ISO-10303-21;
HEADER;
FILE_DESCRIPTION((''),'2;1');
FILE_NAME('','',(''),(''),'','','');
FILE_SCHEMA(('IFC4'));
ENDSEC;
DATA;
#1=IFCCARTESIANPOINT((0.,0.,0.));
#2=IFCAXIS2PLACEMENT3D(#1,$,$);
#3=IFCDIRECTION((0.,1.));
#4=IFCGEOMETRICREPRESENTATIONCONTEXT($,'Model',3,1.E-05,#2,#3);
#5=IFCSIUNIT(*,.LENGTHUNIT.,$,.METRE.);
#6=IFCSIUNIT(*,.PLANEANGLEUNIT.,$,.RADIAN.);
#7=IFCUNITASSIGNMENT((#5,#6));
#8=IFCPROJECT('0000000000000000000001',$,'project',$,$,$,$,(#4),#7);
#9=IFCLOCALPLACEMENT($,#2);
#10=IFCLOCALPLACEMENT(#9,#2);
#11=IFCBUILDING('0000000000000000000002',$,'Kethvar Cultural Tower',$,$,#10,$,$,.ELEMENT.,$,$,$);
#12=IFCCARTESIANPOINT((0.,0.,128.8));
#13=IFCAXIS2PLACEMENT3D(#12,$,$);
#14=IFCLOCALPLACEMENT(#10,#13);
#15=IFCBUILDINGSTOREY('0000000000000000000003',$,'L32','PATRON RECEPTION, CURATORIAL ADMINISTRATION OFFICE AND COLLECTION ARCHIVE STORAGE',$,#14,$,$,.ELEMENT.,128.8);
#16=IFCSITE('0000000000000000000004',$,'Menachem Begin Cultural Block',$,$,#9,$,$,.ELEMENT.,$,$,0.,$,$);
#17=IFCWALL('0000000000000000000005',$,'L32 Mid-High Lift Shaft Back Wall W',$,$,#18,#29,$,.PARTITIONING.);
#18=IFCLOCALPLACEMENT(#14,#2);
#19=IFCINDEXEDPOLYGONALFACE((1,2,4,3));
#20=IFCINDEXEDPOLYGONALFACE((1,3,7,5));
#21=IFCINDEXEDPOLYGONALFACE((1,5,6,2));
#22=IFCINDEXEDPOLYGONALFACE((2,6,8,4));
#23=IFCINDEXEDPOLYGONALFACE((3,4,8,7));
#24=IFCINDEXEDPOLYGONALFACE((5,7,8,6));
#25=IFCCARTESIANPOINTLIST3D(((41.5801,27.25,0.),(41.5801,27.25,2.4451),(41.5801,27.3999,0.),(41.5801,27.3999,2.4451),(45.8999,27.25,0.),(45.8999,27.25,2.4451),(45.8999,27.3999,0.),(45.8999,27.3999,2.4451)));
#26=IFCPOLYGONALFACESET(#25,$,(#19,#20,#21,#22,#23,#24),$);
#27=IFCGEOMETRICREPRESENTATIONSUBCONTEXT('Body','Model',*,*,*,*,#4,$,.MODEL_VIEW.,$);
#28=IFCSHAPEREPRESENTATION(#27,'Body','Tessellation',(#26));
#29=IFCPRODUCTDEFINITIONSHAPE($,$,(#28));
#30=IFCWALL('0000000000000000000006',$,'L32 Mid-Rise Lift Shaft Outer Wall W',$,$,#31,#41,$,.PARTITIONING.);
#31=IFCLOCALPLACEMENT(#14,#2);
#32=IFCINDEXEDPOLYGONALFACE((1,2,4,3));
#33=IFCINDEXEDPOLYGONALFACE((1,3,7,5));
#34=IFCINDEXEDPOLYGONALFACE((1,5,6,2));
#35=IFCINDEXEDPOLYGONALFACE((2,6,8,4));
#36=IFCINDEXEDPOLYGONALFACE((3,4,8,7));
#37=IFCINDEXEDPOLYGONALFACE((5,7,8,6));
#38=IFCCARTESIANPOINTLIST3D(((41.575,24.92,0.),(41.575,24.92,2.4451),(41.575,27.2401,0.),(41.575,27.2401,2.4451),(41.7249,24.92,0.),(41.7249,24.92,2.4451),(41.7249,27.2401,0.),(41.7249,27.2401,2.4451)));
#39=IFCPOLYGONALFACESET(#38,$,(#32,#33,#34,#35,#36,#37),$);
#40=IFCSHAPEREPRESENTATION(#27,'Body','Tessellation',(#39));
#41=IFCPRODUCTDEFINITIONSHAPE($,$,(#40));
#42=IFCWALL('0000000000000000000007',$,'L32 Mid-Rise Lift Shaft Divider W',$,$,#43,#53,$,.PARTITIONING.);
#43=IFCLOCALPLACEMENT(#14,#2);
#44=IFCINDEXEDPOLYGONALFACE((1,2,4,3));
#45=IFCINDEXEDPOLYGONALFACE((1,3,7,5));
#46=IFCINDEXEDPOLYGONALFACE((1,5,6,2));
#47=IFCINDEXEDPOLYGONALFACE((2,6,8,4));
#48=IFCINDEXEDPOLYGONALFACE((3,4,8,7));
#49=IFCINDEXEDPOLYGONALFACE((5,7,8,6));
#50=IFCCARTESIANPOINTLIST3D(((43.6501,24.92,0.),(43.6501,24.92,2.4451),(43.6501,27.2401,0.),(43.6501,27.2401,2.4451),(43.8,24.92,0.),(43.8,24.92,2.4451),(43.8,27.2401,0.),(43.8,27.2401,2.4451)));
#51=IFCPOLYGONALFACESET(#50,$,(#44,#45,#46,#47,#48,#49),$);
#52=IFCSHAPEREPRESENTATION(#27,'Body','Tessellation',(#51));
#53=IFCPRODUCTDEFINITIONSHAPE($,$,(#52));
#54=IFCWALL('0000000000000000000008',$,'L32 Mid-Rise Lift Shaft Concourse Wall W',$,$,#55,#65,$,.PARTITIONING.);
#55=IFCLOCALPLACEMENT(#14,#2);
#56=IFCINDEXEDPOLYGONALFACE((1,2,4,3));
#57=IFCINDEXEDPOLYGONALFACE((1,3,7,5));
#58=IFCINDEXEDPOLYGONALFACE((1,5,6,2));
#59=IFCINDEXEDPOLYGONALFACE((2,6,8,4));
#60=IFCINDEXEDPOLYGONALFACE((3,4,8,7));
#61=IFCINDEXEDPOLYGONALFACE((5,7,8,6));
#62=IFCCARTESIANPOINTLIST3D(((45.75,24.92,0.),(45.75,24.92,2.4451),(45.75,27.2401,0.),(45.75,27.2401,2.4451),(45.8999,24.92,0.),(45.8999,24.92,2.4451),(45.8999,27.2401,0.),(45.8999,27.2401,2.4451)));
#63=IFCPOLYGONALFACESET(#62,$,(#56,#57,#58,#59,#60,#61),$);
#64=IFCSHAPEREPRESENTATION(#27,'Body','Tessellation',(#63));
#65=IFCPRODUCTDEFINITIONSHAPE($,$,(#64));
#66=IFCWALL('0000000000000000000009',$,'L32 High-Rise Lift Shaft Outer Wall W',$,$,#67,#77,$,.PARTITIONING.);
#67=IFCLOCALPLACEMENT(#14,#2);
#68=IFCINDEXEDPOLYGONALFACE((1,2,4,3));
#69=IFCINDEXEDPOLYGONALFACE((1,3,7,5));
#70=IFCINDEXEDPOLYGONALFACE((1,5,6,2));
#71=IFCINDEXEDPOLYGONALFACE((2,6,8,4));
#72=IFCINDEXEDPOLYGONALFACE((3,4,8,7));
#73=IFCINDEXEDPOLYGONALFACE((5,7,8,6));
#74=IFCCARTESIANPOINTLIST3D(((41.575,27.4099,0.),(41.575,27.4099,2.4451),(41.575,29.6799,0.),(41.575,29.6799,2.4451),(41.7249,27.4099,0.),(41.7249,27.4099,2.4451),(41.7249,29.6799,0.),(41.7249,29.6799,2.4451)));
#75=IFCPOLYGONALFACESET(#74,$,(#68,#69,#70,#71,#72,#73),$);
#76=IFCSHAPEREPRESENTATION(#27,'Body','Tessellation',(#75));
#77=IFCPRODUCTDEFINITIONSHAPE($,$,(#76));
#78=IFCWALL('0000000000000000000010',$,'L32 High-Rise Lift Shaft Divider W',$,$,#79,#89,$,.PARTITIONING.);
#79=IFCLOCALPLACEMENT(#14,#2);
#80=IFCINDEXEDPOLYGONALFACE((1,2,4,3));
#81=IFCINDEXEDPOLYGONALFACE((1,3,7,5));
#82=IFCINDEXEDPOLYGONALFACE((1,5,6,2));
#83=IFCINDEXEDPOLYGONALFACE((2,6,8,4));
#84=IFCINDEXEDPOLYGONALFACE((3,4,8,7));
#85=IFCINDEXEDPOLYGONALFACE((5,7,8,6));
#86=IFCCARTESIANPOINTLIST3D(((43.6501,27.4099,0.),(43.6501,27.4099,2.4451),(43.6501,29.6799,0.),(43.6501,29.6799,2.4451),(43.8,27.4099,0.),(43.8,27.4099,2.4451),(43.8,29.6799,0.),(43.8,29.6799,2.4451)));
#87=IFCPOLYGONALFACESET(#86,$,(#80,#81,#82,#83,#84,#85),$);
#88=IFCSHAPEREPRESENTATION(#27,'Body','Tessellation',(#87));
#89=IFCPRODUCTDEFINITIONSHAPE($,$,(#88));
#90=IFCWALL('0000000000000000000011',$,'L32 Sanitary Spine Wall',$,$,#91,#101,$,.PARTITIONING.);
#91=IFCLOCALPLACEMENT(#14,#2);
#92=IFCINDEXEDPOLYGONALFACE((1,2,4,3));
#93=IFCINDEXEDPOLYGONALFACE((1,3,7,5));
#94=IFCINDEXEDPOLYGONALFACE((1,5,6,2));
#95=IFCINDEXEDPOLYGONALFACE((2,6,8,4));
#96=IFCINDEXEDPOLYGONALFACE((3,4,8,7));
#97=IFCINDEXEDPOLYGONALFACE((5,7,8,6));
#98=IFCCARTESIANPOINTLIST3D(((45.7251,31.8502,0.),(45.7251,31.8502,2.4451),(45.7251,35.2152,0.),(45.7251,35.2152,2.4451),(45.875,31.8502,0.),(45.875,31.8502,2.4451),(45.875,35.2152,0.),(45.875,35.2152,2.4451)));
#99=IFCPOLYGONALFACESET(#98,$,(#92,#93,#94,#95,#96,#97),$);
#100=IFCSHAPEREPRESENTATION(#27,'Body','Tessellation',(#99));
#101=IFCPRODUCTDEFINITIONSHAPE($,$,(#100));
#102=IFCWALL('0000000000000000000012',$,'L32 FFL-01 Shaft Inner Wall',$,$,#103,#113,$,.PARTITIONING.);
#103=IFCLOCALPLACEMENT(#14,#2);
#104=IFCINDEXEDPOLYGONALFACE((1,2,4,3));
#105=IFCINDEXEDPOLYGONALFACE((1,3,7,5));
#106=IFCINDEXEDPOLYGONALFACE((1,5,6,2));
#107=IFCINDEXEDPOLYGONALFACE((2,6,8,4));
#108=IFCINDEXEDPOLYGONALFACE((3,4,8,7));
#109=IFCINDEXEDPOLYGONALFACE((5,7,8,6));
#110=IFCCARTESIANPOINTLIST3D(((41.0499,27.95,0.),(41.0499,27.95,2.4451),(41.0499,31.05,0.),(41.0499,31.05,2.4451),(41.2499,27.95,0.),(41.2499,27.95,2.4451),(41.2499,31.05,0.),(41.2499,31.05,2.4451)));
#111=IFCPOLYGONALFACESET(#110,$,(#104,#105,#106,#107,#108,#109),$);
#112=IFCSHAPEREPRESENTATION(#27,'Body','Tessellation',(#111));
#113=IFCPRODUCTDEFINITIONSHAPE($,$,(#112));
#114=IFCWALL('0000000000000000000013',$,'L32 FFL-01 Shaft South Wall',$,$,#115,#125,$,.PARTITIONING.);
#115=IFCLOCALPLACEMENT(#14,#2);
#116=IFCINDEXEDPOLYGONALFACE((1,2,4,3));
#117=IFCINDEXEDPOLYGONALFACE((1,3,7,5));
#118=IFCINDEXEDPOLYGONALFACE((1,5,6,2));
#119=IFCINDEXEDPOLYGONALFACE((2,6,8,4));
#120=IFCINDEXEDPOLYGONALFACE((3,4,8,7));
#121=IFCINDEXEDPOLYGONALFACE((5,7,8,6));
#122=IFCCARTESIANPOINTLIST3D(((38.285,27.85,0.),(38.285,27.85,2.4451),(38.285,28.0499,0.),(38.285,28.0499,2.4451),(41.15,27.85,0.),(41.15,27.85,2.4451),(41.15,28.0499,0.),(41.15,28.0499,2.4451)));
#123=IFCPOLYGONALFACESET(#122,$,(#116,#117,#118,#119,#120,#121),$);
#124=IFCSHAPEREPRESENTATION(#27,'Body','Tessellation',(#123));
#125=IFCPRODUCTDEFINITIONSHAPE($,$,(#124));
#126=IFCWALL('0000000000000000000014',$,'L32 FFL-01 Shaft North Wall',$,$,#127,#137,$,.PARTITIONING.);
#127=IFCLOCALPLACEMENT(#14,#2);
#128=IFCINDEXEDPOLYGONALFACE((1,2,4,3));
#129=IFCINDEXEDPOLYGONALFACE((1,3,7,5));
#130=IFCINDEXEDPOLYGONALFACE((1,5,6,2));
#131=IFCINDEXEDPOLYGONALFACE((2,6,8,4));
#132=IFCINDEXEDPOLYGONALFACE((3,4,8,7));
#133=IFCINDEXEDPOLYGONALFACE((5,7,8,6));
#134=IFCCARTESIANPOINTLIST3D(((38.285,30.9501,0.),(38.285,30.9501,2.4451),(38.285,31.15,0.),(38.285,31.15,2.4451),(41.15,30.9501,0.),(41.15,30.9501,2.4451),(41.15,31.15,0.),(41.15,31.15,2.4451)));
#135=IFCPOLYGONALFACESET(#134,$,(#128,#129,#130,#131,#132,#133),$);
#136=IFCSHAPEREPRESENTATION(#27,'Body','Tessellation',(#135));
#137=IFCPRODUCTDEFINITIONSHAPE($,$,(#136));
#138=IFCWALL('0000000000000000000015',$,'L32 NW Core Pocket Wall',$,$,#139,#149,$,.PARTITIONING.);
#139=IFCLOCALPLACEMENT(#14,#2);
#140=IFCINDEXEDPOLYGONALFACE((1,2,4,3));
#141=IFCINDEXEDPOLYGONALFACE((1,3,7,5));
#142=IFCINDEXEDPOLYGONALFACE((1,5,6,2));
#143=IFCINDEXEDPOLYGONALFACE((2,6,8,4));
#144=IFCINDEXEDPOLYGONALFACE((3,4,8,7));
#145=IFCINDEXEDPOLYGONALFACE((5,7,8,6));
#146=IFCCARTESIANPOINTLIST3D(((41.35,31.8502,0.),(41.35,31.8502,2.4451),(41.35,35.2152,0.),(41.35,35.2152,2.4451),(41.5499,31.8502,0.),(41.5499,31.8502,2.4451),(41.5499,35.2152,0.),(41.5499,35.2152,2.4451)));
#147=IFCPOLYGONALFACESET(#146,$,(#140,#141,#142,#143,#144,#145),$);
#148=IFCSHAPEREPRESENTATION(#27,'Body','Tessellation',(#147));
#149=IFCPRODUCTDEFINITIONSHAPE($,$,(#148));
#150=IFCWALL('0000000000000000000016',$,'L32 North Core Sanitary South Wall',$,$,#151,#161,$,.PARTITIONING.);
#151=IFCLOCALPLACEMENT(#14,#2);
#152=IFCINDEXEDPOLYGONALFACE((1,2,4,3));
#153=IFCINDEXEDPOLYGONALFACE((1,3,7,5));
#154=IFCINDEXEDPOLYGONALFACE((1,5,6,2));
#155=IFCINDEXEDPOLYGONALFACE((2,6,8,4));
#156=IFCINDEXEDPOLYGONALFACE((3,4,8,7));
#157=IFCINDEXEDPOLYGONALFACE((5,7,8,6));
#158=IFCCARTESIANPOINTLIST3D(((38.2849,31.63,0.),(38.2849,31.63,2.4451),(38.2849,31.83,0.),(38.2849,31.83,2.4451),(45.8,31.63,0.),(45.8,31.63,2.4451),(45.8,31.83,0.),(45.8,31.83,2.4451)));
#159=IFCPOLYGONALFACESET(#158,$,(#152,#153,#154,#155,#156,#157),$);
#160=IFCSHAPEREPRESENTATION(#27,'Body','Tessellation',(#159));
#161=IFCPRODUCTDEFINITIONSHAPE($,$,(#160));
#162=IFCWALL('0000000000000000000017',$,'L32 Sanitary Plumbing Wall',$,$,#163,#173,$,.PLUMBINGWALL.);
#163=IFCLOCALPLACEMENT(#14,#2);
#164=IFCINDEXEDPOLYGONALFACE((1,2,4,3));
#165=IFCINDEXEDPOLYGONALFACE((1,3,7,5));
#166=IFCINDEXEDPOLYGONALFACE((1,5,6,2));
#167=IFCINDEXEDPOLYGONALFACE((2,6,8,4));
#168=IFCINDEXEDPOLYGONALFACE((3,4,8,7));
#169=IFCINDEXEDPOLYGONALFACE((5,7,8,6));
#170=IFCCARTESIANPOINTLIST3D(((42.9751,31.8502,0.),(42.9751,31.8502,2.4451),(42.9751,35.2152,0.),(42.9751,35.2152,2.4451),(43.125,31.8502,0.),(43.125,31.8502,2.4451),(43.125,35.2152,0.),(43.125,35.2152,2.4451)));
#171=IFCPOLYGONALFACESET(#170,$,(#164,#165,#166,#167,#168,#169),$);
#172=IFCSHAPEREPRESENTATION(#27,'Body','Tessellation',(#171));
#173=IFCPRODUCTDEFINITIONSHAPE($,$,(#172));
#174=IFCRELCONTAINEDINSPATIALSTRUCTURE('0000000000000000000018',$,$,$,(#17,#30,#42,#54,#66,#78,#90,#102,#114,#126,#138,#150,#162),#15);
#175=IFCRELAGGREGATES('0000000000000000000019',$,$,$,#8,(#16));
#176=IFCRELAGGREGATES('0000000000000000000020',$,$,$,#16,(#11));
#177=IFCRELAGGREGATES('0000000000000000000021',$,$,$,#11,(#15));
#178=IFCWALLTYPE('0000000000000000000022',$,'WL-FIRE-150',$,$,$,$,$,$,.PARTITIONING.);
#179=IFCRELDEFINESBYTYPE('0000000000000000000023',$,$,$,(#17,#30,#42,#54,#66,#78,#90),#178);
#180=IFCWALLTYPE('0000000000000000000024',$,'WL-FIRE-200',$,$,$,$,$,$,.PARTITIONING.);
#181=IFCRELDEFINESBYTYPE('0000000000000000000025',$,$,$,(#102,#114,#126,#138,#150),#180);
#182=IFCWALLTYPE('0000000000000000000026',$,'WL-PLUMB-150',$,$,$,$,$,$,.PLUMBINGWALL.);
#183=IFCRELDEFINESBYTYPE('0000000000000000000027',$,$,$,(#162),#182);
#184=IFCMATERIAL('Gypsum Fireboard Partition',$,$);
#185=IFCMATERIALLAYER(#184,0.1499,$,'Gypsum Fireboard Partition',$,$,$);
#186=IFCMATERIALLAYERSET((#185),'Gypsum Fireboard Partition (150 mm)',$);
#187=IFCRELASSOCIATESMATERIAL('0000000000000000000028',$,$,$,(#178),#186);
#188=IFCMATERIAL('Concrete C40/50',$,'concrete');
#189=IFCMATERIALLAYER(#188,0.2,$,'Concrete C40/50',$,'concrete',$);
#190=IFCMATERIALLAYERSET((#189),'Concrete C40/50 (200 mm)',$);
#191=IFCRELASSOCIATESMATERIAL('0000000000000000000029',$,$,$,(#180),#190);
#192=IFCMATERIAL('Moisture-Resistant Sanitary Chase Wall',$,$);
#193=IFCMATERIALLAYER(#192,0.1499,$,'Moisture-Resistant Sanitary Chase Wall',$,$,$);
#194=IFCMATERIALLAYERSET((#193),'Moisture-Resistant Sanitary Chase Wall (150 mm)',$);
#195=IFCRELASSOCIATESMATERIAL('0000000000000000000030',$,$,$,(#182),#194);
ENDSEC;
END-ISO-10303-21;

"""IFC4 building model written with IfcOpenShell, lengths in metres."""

from ifc_helpers import new_model, si_unit, direction, frame, frame_2d, origin, place, context, subcontext, project, spatial, rectangle, extrude, material, layer, layer_set, type_object, element, save


model = new_model("IFC4")

# Units and contexts
model_context = context("Model", 3, precision=1e-05, world=origin(), true_north=direction((0.0, 1.0)))
body_context = subcontext(model_context, "Body", "Model", "MODEL_VIEW")
ifc_project = project(units=[si_unit("LENGTHUNIT", "METRE"), si_unit("PLANEANGLEUNIT", "RADIAN")], contexts=[model_context])

# Site, building, storey
site_placement = place(None, origin())
site = spatial("IfcSite", under=ifc_project, at=site_placement, Name="Menachem Begin Cultural Block", CompositionType="ELEMENT", RefElevation=0.0)
building_placement = place(site_placement, origin())
building = spatial("IfcBuilding", under=site, at=building_placement, Name="Kethvar Cultural Tower", CompositionType="ELEMENT")
storey_placement = place(building_placement, frame((0.0, 0.0, 128.8)))
storey = spatial("IfcBuildingStorey", under=building, at=storey_placement, Name="L32", Description="PATRON RECEPTION, CURATORIAL ADMINISTRATION OFFICE AND COLLECTION ARCHIVE STORAGE", CompositionType="ELEMENT", Elevation=128.8)

# Walls
ifc_material_1 = material(Name="Gypsum Fireboard Partition")
ifc_layer_1 = layer(ifc_material_1, 0.1499, Name="Gypsum Fireboard Partition")
ifc_layer_set_1 = layer_set([ifc_layer_1], Name="Gypsum Fireboard Partition (150 mm)")
wall_type_1 = type_object("IfcWallType", Name="WL-FIRE-150", PredefinedType="PARTITIONING", material=ifc_layer_set_1)
wall_1_placement = place(storey_placement, frame((41.5801, 27.325, 0.0), z_axis=(0.0, 0.0, 1.0), x_axis=(1.0, 0.0, 0.0)))
element("IfcWall", 1, at=wall_1_placement, inside=storey, type_object=wall_type_1, Name="L32 Mid-High Lift Shaft Back Wall W", PredefinedType="PARTITIONING", context=body_context, shape_type="SweptSolid", body=[
    extrude(rectangle(XDim=4.3198, YDim=0.1499, at=frame_2d((2.1599, 0.0))), origin(), (0.0, 0.0, 1.0), 2.4451),
])
for number, where, z_axis, x_axis, name in (
    (2, (41.6499, 24.9199, 0.0), (0.0, 0.0, 1.0), (0.0, 1.0, 0.0), "L32 Mid-Rise Lift Shaft Outer Wall W"),
    (3, (43.7251, 24.9199, 0.0), (0.0, 0.0, 1.0), (0.0, 1.0, 0.0), "L32 Mid-Rise Lift Shaft Divider W"),
    (4, (45.825, 24.9199, 0.0), (0.0, 0.0, 1.0), (0.0, 1.0, 0.0), "L32 Mid-Rise Lift Shaft Concourse Wall W"),
):
    element("IfcWall", number, at=place(storey_placement, frame(where, z_axis=z_axis, x_axis=x_axis)), inside=storey, type_object=wall_type_1, Name=name, PredefinedType="PARTITIONING", context=body_context, shape_type="SweptSolid", body=[
        extrude(rectangle(XDim=2.3201, YDim=0.1499, at=frame_2d((1.1602, 0.0))), origin(), (0.0, 0.0, 1.0), 2.4451),
    ])
for number, where, z_axis, x_axis, name in (
    (5, (41.6499, 27.4099, 0.0), (0.0, 0.0, 1.0), (0.0, 1.0, 0.0), "L32 High-Rise Lift Shaft Outer Wall W"),
    (6, (43.7251, 27.4099, 0.0), (0.0, 0.0, 1.0), (0.0, 1.0, 0.0), "L32 High-Rise Lift Shaft Divider W"),
):
    element("IfcWall", number, at=place(storey_placement, frame(where, z_axis=z_axis, x_axis=x_axis)), inside=storey, type_object=wall_type_1, Name=name, PredefinedType="PARTITIONING", context=body_context, shape_type="SweptSolid", body=[
        extrude(rectangle(XDim=2.27, YDim=0.1499, at=frame_2d((1.135, 0.0))), origin(), (0.0, 0.0, 1.0), 2.4451),
    ])
wall_2_placement = place(storey_placement, frame((45.8, 31.8501, 0.0), z_axis=(0.0, 0.0, 1.0), x_axis=(0.0, 1.0, 0.0)))
element("IfcWall", 7, at=wall_2_placement, inside=storey, type_object=wall_type_1, Name="L32 Sanitary Spine Wall", PredefinedType="PARTITIONING", context=body_context, shape_type="SweptSolid", body=[
    extrude(rectangle(XDim=3.365, YDim=0.1499, at=frame_2d((1.6826, 0.0))), origin(), (0.0, 0.0, 1.0), 2.4451),
])
ifc_material_2 = material(Name="Concrete C40/50", Category="concrete")
ifc_layer_2 = layer(ifc_material_2, 0.2, Name="Concrete C40/50", Category="concrete")
ifc_layer_set_2 = layer_set([ifc_layer_2], Name="Concrete C40/50 (200 mm)")
wall_type_2 = type_object("IfcWallType", Name="WL-FIRE-200", PredefinedType="PARTITIONING", material=ifc_layer_set_2)
wall_3_placement = place(storey_placement, frame((41.1499, 27.95, 0.0), z_axis=(0.0, 0.0, 1.0), x_axis=(0.0, 1.0, 0.0)))
element("IfcWall", 8, at=wall_3_placement, inside=storey, type_object=wall_type_2, Name="L32 FFL-01 Shaft Inner Wall", PredefinedType="PARTITIONING", context=body_context, shape_type="SweptSolid", body=[
    extrude(rectangle(XDim=3.1001, YDim=0.2, at=frame_2d((1.55, 0.0))), origin(), (0.0, 0.0, 1.0), 2.4451),
])
for number, where, z_axis, x_axis, name in (
    (9, (38.2849, 27.95, 0.0), (0.0, 0.0, 1.0), (1.0, 0.0, 0.0), "L32 FFL-01 Shaft South Wall"),
    (10, (38.2849, 31.05, 0.0), (0.0, 0.0, 1.0), (1.0, 0.0, 0.0), "L32 FFL-01 Shaft North Wall"),
):
    element("IfcWall", number, at=place(storey_placement, frame(where, z_axis=z_axis, x_axis=x_axis)), inside=storey, type_object=wall_type_2, Name=name, PredefinedType="PARTITIONING", context=body_context, shape_type="SweptSolid", body=[
        extrude(rectangle(XDim=2.865, YDim=0.2, at=frame_2d((1.4326, 0.0))), origin(), (0.0, 0.0, 1.0), 2.4451),
    ])
wall_4_placement = place(storey_placement, frame((41.45, 31.8501, 0.0), z_axis=(0.0, 0.0, 1.0), x_axis=(0.0, 1.0, 0.0)))
element("IfcWall", 11, at=wall_4_placement, inside=storey, type_object=wall_type_2, Name="L32 NW Core Pocket Wall", PredefinedType="PARTITIONING", context=body_context, shape_type="SweptSolid", body=[
    extrude(rectangle(XDim=3.365, YDim=0.2, at=frame_2d((1.6826, 0.0))), origin(), (0.0, 0.0, 1.0), 2.4451),
])
wall_5_placement = place(storey_placement, frame((38.2849, 31.73, 0.0), z_axis=(0.0, 0.0, 1.0), x_axis=(1.0, 0.0, 0.0)))
element("IfcWall", 12, at=wall_5_placement, inside=storey, type_object=wall_type_2, Name="L32 North Core Sanitary South Wall", PredefinedType="PARTITIONING", context=body_context, shape_type="SweptSolid", body=[
    extrude(rectangle(XDim=7.5151, YDim=0.2, at=frame_2d((3.7576, 0.0))), origin(), (0.0, 0.0, 1.0), 2.4451),
])
ifc_material_3 = material(Name="Moisture-Resistant Sanitary Chase Wall")
ifc_layer_3 = layer(ifc_material_3, 0.1499, Name="Moisture-Resistant Sanitary Chase Wall")
ifc_layer_set_3 = layer_set([ifc_layer_3], Name="Moisture-Resistant Sanitary Chase Wall (150 mm)")
wall_type_3 = type_object("IfcWallType", Name="WL-PLUMB-150", PredefinedType="PLUMBINGWALL", material=ifc_layer_set_3)
wall_6_placement = place(storey_placement, frame((43.05, 31.8501, 0.0), z_axis=(0.0, 0.0, 1.0), x_axis=(0.0, 1.0, 0.0)))
element("IfcWall", 13, at=wall_6_placement, inside=storey, type_object=wall_type_3, Name="L32 Sanitary Plumbing Wall", PredefinedType="PLUMBINGWALL", context=body_context, shape_type="SweptSolid", body=[
    extrude(rectangle(XDim=3.365, YDim=0.1499, at=frame_2d((1.6826, 0.0))), origin(), (0.0, 0.0, 1.0), 2.4451),
])

save(model, "model.ifc")
